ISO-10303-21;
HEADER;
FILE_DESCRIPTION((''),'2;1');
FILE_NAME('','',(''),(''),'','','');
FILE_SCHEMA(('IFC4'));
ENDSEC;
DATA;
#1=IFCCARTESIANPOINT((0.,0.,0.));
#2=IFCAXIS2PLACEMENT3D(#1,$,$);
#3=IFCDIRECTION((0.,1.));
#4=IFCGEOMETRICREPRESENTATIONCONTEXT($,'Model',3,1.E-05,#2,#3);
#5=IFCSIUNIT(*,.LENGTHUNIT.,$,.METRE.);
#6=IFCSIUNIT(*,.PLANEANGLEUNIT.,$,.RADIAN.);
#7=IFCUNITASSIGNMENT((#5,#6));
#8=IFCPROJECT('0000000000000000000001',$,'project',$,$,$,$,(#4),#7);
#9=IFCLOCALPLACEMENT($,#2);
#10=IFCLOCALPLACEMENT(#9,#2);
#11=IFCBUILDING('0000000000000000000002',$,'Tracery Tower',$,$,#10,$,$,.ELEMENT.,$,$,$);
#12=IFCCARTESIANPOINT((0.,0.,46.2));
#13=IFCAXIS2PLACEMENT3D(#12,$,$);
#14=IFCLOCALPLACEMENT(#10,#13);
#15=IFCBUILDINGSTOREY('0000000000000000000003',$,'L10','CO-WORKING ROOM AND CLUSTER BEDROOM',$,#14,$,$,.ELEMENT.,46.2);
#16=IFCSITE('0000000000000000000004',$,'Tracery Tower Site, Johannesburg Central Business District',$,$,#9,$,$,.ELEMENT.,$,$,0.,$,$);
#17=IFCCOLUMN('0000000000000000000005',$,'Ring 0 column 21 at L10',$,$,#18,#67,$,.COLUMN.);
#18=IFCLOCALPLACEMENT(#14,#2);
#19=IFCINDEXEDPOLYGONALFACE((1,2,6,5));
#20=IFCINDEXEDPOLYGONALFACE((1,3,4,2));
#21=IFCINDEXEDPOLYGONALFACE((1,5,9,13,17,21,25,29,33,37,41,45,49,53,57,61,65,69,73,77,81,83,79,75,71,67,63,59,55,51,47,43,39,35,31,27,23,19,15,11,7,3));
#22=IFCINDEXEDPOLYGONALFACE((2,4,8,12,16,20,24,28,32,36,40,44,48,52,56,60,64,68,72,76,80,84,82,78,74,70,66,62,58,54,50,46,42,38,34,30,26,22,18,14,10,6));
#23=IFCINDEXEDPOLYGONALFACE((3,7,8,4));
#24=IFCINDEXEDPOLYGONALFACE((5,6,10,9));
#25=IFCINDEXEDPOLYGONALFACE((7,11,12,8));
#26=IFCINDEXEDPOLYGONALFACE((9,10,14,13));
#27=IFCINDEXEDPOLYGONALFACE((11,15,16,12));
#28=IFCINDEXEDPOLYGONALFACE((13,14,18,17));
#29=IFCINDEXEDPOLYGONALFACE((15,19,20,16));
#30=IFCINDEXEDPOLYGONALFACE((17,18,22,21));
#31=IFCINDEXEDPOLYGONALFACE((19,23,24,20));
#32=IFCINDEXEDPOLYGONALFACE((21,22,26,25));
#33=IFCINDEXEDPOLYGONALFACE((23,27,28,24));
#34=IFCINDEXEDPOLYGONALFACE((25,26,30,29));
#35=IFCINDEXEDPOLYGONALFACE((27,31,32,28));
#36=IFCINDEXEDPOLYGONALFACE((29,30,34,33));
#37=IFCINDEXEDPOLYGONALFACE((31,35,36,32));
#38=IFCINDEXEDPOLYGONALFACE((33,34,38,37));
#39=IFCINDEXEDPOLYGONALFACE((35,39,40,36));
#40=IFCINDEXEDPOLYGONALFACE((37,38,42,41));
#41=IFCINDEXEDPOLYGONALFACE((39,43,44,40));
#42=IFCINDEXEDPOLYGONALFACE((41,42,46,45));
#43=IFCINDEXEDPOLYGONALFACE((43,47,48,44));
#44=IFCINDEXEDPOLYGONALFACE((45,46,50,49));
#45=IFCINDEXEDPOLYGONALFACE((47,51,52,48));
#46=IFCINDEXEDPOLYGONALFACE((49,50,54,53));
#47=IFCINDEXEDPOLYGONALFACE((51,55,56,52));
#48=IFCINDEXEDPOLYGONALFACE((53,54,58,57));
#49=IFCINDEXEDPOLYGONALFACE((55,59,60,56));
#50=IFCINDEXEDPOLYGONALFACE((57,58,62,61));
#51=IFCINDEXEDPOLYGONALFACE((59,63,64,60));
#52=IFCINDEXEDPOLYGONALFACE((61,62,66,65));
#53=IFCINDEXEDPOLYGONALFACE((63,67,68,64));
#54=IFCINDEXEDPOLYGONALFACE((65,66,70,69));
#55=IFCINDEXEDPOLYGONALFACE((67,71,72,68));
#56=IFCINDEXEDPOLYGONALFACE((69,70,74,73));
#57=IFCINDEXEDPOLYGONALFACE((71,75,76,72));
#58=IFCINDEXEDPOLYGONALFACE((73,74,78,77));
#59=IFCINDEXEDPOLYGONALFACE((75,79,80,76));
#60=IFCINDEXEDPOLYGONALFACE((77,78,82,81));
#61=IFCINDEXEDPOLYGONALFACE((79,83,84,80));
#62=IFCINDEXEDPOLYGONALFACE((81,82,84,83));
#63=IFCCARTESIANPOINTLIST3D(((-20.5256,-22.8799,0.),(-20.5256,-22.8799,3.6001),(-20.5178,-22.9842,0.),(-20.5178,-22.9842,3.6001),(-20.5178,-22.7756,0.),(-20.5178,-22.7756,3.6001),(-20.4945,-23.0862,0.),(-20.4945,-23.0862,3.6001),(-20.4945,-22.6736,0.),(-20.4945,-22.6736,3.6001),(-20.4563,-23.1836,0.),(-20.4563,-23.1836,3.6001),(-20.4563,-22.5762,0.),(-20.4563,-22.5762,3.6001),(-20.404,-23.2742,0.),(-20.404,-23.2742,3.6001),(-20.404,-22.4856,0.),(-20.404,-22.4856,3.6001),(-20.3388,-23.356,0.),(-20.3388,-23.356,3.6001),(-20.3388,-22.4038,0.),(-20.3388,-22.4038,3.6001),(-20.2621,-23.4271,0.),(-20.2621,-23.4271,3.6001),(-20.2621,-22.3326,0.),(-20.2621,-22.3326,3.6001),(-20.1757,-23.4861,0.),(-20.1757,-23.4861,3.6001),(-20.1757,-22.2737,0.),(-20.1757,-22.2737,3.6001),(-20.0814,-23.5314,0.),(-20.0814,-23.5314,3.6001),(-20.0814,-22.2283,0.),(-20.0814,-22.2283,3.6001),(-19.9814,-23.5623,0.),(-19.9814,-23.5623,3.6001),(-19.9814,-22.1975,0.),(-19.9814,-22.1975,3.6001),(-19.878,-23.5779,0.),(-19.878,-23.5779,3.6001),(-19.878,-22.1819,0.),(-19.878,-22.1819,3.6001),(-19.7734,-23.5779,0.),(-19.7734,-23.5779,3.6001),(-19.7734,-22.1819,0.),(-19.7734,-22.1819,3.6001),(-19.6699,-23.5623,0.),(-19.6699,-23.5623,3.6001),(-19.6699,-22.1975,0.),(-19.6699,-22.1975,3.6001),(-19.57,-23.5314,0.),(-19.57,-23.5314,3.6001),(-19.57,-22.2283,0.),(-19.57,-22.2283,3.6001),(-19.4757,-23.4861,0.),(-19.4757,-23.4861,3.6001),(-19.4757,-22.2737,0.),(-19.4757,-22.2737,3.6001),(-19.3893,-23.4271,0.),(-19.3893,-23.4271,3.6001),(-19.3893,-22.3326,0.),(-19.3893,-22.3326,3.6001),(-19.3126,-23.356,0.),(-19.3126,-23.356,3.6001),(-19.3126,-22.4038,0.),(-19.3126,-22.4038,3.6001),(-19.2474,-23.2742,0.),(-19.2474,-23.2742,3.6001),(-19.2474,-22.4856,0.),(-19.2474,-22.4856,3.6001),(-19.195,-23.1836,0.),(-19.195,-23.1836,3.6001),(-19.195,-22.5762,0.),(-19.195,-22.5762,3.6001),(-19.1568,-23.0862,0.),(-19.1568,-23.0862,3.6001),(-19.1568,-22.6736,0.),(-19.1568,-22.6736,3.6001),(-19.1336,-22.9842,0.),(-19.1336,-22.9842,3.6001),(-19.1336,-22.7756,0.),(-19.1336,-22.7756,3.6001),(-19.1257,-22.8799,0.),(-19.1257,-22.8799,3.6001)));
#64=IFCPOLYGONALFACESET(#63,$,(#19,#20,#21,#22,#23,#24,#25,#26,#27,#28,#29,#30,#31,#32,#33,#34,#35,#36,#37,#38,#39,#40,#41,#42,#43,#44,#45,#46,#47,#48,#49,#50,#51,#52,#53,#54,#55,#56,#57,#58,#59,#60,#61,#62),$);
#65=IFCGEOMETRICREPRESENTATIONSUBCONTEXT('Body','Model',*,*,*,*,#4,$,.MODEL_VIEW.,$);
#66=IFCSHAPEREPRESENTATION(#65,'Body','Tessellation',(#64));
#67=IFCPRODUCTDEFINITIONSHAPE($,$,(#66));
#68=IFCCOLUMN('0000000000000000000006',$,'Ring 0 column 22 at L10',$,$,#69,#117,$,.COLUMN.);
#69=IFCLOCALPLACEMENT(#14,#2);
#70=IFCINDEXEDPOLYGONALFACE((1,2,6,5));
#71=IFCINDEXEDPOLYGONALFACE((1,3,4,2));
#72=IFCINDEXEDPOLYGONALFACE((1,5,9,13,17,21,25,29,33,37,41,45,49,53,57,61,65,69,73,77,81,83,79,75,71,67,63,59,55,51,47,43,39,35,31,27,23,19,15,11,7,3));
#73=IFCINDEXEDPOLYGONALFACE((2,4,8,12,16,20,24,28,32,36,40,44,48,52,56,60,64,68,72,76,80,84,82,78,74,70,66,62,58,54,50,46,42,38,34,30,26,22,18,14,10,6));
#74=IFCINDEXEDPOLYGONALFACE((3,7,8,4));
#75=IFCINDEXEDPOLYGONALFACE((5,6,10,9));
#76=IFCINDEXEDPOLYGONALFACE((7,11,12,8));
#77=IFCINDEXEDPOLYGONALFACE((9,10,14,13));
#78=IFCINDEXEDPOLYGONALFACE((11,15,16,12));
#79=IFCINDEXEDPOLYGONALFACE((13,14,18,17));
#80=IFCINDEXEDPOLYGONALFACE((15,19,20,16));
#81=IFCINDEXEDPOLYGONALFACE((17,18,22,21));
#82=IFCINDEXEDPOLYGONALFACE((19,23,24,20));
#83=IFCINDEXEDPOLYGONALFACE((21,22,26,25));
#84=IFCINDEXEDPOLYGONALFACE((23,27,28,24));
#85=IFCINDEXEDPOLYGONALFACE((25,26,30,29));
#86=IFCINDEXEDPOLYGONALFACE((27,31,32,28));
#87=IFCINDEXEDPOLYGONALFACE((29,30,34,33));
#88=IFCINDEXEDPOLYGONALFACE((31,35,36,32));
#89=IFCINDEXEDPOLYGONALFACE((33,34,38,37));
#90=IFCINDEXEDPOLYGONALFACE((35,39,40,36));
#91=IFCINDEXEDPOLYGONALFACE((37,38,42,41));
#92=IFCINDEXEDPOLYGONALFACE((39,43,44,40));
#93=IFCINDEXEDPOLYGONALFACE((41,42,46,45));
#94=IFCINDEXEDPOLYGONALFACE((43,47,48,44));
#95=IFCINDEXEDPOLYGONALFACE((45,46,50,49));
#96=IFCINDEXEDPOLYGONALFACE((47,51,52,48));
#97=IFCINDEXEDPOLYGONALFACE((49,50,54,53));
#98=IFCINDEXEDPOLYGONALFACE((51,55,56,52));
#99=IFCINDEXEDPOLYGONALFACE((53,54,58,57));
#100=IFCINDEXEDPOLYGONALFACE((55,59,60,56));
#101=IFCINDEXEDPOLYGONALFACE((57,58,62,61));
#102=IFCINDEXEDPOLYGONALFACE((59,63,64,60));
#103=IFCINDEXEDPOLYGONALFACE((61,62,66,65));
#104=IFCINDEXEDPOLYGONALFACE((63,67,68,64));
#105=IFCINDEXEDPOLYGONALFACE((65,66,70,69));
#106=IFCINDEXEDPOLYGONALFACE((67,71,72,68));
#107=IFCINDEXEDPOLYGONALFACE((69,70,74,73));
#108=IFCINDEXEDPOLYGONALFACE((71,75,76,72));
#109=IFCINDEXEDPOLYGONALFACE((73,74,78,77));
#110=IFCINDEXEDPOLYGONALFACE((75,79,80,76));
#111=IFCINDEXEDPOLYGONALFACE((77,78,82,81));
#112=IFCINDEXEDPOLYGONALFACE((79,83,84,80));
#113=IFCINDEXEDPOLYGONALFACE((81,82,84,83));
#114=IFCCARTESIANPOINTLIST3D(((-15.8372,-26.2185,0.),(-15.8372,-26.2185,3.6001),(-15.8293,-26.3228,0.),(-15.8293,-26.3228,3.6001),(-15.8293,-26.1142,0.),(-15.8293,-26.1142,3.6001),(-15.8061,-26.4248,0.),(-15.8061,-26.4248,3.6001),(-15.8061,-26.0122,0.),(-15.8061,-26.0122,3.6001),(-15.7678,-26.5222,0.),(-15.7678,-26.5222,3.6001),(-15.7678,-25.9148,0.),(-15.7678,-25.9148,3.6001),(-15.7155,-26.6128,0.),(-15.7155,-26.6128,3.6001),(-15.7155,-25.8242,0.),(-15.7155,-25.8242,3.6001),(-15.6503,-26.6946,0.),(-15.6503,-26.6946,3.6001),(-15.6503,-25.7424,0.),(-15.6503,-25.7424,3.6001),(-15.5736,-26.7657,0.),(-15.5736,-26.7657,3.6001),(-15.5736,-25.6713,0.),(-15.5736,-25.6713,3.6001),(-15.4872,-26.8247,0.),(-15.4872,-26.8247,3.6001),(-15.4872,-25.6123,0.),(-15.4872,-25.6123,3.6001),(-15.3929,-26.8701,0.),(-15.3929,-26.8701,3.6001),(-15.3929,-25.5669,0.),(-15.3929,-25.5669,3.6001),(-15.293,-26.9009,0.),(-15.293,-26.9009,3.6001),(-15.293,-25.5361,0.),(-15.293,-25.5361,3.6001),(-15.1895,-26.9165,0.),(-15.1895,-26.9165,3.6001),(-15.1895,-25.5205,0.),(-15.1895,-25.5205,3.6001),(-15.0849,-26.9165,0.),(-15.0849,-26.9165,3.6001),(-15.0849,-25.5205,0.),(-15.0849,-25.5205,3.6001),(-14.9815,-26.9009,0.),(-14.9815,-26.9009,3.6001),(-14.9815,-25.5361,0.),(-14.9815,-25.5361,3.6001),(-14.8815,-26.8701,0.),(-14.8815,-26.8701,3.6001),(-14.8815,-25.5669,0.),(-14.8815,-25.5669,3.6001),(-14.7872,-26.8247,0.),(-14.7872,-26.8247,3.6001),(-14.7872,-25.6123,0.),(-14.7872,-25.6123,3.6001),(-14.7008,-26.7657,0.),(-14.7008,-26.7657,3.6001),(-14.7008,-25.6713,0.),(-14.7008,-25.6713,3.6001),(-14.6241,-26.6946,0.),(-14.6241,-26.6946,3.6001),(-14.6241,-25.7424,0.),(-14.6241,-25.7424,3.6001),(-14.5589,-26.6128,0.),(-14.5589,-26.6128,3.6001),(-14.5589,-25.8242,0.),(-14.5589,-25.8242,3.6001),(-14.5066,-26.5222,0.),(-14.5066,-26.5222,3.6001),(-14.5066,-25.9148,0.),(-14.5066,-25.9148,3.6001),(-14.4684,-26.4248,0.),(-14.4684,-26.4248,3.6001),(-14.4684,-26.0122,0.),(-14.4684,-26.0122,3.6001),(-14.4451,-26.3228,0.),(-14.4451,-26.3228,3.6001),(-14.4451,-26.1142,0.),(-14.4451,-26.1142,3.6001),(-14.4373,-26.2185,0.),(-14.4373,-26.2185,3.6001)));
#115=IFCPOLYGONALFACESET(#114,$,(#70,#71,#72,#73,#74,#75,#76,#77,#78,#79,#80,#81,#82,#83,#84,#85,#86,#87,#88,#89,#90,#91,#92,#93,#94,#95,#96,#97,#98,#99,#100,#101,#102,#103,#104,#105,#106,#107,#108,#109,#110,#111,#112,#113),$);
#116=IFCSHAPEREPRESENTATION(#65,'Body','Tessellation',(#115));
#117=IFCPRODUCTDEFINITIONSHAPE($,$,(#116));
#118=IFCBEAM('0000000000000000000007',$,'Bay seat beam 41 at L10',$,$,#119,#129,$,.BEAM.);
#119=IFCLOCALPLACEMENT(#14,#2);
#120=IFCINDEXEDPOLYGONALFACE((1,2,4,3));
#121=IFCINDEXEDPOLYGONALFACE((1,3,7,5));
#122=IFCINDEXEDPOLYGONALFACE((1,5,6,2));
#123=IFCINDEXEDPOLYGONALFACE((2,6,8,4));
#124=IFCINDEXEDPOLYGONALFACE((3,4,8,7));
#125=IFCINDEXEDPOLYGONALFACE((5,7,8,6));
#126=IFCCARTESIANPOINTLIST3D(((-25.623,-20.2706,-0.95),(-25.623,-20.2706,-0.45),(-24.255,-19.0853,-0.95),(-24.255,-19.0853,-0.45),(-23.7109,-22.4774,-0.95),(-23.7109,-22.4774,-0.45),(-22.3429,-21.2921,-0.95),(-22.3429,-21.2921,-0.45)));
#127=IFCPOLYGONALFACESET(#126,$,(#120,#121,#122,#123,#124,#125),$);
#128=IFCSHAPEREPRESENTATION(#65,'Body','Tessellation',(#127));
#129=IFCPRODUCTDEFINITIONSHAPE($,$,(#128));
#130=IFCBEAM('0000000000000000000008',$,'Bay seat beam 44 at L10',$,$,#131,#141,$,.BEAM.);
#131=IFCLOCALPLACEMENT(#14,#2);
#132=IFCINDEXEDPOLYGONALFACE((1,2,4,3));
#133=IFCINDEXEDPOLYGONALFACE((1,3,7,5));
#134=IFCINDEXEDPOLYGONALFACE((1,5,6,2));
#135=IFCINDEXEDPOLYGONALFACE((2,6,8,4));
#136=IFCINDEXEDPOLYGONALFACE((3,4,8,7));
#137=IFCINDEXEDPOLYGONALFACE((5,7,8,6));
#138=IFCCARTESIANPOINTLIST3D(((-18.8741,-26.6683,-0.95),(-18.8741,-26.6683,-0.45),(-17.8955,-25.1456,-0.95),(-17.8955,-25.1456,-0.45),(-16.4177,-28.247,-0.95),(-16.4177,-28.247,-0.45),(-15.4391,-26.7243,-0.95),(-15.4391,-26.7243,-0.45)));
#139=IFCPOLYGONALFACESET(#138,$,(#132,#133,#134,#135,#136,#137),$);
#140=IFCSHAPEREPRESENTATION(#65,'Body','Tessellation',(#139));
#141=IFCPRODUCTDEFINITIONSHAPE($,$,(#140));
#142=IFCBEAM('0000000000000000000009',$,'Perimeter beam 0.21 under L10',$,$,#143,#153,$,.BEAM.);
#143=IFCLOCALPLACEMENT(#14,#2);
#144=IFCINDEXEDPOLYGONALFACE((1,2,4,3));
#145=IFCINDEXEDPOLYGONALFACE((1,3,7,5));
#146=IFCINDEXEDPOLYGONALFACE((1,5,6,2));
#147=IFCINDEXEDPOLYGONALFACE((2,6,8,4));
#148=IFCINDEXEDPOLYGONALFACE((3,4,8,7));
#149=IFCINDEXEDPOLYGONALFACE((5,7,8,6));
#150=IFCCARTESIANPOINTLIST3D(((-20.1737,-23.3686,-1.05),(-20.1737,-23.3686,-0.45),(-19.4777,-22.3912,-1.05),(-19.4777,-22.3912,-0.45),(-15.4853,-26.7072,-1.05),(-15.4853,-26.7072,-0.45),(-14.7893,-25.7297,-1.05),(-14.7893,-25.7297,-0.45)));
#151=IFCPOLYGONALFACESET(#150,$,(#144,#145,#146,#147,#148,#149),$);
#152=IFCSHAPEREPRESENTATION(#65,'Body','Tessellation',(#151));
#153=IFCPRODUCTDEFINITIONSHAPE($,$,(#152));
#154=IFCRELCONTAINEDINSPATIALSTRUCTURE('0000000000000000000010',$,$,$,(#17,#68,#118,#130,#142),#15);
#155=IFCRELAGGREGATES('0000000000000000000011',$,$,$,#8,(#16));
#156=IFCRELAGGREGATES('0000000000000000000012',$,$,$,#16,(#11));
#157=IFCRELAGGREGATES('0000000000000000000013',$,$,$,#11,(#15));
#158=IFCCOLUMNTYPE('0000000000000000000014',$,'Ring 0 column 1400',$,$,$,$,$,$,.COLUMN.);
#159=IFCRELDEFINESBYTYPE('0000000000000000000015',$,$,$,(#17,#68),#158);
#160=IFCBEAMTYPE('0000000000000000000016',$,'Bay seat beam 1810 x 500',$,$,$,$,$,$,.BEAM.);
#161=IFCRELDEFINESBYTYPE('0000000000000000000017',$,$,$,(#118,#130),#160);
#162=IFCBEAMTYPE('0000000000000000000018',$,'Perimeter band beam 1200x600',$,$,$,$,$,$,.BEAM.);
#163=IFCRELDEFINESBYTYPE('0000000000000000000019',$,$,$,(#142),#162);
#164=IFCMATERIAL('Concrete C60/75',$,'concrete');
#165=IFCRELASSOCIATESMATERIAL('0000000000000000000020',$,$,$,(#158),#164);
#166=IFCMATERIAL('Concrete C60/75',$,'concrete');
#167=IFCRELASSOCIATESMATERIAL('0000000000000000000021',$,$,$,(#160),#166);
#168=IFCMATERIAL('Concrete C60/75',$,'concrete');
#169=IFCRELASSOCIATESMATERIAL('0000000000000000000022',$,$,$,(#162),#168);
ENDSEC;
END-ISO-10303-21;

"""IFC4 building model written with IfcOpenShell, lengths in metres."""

from ifc_helpers import new_model, si_unit, direction, frame, origin, origin_2d, place, context, subcontext, project, spatial, rectangle, circle, extrude, material, material_profile, profile_set, type_object, element, save


model = new_model("IFC4")

# Units and contexts
model_context = context("Model", 3, precision=1e-05, world=origin(), true_north=direction((0.0, 1.0)))
body_context = subcontext(model_context, "Body", "Model", "MODEL_VIEW")
ifc_project = project(units=[si_unit("LENGTHUNIT", "METRE"), si_unit("PLANEANGLEUNIT", "RADIAN")], contexts=[model_context])

# Site, building, storey
site_placement = place(None, origin())
site = spatial("IfcSite", under=ifc_project, at=site_placement, Name="Tracery Tower Site, Johannesburg Central Business District", CompositionType="ELEMENT", RefElevation=0.0)
building_placement = place(site_placement, origin())
building = spatial("IfcBuilding", under=site, at=building_placement, Name="Tracery Tower", CompositionType="ELEMENT")
storey_placement = place(building_placement, frame((0.0, 0.0, 46.2)))
storey = spatial("IfcBuildingStorey", under=building, at=storey_placement, Name="L10", Description="CO-WORKING ROOM AND CLUSTER BEDROOM", CompositionType="ELEMENT", Elevation=46.2)

# Columns
ifc_material_1 = material(Name="Concrete C60/75", Category="concrete")
ifc_material_profile_1 = material_profile(ifc_material_1, circle(Radius=0.7, at=origin_2d()), Name="RC D1400")
ifc_profile_set_1 = profile_set([ifc_material_profile_1], Name="Concrete C60/75")
column_type = type_object("IfcColumnType", Name="Ring 0 column 1400", PredefinedType="COLUMN", material=ifc_profile_set_1)
for number, where, z_axis, x_axis, name in (
    (1, (-19.8257, -22.8799, 0.0), (0.0, 0.0, 1.0), (1.0, 0.0, 0.0), "Ring 0 column 21 at L10"),
    (2, (-15.1372, -26.2185, 0.0), (0.0, 0.0, 1.0), (1.0, 0.0, 0.0), "Ring 0 column 22 at L10"),
):
    element("IfcColumn", number, at=place(storey_placement, frame(where, z_axis=z_axis, x_axis=x_axis)), inside=storey, type_object=column_type, Name=name, PredefinedType="COLUMN", context=body_context, shape_type="SweptSolid", body=[
        extrude(circle(Radius=0.7, at=origin_2d()), origin(), (0.0, 0.0, 1.0), 3.6001),
    ])

# Beams
ifc_material_2 = material(Name="Concrete C60/75", Category="concrete")
ifc_material_profile_2 = material_profile(ifc_material_2, rectangle(XDim=1.8101, YDim=0.5, at=origin_2d()), Name="RC 1810x500")
ifc_profile_set_2 = profile_set([ifc_material_profile_2], Name="Concrete C60/75")
beam_type_1 = type_object("IfcBeamType", Name="Bay seat beam 1810 x 500", PredefinedType="BEAM", material=ifc_profile_set_2)
for number, where, z_axis, x_axis, name in (
    (3, (-24.939, -19.678, -0.7), (0.654845, -0.755764, 0.0), (0.755764, 0.654845, 0.0), "Bay seat beam 41 at L10"),
    (4, (-18.3848, -25.907, -0.7), (0.841246, -0.540652, 0.0), (0.540652, 0.841246, 0.0), "Bay seat beam 44 at L10"),
):
    element("IfcBeam", number, at=place(storey_placement, frame(where, z_axis=z_axis, x_axis=x_axis)), inside=storey, type_object=beam_type_1, Name=name, PredefinedType="BEAM", context=body_context, shape_type="SweptSolid", body=[
        extrude(rectangle(XDim=1.8101, YDim=0.5, at=origin_2d()), origin(), (0.0, 0.0, 1.0), 2.9199),
    ])
ifc_material_3 = material(Name="Concrete C60/75", Category="concrete")
ifc_material_profile_3 = material_profile(ifc_material_3, rectangle(XDim=1.2, YDim=0.6001, at=origin_2d()), Name="RC 1200x600")
ifc_profile_set_3 = profile_set([ifc_material_profile_3], Name="Concrete C60/75")
beam_type_2 = type_object("IfcBeamType", Name="Perimeter band beam 1200x600", PredefinedType="BEAM", material=ifc_profile_set_3)
beam_placement = place(storey_placement, frame((-19.8257, -22.8799, -0.75), z_axis=(0.814578, -0.580054, 0.0), x_axis=(0.580054, 0.814578, 0.0)))
element("IfcBeam", 5, at=beam_placement, inside=storey, type_object=beam_type_2, Name="Perimeter beam 0.21 under L10", PredefinedType="BEAM", context=body_context, shape_type="SweptSolid", body=[
    extrude(rectangle(XDim=1.2, YDim=0.6001, at=origin_2d()), origin(), (0.0, 0.0, 1.0), 5.7556),
])

save(model, "model.ifc")
